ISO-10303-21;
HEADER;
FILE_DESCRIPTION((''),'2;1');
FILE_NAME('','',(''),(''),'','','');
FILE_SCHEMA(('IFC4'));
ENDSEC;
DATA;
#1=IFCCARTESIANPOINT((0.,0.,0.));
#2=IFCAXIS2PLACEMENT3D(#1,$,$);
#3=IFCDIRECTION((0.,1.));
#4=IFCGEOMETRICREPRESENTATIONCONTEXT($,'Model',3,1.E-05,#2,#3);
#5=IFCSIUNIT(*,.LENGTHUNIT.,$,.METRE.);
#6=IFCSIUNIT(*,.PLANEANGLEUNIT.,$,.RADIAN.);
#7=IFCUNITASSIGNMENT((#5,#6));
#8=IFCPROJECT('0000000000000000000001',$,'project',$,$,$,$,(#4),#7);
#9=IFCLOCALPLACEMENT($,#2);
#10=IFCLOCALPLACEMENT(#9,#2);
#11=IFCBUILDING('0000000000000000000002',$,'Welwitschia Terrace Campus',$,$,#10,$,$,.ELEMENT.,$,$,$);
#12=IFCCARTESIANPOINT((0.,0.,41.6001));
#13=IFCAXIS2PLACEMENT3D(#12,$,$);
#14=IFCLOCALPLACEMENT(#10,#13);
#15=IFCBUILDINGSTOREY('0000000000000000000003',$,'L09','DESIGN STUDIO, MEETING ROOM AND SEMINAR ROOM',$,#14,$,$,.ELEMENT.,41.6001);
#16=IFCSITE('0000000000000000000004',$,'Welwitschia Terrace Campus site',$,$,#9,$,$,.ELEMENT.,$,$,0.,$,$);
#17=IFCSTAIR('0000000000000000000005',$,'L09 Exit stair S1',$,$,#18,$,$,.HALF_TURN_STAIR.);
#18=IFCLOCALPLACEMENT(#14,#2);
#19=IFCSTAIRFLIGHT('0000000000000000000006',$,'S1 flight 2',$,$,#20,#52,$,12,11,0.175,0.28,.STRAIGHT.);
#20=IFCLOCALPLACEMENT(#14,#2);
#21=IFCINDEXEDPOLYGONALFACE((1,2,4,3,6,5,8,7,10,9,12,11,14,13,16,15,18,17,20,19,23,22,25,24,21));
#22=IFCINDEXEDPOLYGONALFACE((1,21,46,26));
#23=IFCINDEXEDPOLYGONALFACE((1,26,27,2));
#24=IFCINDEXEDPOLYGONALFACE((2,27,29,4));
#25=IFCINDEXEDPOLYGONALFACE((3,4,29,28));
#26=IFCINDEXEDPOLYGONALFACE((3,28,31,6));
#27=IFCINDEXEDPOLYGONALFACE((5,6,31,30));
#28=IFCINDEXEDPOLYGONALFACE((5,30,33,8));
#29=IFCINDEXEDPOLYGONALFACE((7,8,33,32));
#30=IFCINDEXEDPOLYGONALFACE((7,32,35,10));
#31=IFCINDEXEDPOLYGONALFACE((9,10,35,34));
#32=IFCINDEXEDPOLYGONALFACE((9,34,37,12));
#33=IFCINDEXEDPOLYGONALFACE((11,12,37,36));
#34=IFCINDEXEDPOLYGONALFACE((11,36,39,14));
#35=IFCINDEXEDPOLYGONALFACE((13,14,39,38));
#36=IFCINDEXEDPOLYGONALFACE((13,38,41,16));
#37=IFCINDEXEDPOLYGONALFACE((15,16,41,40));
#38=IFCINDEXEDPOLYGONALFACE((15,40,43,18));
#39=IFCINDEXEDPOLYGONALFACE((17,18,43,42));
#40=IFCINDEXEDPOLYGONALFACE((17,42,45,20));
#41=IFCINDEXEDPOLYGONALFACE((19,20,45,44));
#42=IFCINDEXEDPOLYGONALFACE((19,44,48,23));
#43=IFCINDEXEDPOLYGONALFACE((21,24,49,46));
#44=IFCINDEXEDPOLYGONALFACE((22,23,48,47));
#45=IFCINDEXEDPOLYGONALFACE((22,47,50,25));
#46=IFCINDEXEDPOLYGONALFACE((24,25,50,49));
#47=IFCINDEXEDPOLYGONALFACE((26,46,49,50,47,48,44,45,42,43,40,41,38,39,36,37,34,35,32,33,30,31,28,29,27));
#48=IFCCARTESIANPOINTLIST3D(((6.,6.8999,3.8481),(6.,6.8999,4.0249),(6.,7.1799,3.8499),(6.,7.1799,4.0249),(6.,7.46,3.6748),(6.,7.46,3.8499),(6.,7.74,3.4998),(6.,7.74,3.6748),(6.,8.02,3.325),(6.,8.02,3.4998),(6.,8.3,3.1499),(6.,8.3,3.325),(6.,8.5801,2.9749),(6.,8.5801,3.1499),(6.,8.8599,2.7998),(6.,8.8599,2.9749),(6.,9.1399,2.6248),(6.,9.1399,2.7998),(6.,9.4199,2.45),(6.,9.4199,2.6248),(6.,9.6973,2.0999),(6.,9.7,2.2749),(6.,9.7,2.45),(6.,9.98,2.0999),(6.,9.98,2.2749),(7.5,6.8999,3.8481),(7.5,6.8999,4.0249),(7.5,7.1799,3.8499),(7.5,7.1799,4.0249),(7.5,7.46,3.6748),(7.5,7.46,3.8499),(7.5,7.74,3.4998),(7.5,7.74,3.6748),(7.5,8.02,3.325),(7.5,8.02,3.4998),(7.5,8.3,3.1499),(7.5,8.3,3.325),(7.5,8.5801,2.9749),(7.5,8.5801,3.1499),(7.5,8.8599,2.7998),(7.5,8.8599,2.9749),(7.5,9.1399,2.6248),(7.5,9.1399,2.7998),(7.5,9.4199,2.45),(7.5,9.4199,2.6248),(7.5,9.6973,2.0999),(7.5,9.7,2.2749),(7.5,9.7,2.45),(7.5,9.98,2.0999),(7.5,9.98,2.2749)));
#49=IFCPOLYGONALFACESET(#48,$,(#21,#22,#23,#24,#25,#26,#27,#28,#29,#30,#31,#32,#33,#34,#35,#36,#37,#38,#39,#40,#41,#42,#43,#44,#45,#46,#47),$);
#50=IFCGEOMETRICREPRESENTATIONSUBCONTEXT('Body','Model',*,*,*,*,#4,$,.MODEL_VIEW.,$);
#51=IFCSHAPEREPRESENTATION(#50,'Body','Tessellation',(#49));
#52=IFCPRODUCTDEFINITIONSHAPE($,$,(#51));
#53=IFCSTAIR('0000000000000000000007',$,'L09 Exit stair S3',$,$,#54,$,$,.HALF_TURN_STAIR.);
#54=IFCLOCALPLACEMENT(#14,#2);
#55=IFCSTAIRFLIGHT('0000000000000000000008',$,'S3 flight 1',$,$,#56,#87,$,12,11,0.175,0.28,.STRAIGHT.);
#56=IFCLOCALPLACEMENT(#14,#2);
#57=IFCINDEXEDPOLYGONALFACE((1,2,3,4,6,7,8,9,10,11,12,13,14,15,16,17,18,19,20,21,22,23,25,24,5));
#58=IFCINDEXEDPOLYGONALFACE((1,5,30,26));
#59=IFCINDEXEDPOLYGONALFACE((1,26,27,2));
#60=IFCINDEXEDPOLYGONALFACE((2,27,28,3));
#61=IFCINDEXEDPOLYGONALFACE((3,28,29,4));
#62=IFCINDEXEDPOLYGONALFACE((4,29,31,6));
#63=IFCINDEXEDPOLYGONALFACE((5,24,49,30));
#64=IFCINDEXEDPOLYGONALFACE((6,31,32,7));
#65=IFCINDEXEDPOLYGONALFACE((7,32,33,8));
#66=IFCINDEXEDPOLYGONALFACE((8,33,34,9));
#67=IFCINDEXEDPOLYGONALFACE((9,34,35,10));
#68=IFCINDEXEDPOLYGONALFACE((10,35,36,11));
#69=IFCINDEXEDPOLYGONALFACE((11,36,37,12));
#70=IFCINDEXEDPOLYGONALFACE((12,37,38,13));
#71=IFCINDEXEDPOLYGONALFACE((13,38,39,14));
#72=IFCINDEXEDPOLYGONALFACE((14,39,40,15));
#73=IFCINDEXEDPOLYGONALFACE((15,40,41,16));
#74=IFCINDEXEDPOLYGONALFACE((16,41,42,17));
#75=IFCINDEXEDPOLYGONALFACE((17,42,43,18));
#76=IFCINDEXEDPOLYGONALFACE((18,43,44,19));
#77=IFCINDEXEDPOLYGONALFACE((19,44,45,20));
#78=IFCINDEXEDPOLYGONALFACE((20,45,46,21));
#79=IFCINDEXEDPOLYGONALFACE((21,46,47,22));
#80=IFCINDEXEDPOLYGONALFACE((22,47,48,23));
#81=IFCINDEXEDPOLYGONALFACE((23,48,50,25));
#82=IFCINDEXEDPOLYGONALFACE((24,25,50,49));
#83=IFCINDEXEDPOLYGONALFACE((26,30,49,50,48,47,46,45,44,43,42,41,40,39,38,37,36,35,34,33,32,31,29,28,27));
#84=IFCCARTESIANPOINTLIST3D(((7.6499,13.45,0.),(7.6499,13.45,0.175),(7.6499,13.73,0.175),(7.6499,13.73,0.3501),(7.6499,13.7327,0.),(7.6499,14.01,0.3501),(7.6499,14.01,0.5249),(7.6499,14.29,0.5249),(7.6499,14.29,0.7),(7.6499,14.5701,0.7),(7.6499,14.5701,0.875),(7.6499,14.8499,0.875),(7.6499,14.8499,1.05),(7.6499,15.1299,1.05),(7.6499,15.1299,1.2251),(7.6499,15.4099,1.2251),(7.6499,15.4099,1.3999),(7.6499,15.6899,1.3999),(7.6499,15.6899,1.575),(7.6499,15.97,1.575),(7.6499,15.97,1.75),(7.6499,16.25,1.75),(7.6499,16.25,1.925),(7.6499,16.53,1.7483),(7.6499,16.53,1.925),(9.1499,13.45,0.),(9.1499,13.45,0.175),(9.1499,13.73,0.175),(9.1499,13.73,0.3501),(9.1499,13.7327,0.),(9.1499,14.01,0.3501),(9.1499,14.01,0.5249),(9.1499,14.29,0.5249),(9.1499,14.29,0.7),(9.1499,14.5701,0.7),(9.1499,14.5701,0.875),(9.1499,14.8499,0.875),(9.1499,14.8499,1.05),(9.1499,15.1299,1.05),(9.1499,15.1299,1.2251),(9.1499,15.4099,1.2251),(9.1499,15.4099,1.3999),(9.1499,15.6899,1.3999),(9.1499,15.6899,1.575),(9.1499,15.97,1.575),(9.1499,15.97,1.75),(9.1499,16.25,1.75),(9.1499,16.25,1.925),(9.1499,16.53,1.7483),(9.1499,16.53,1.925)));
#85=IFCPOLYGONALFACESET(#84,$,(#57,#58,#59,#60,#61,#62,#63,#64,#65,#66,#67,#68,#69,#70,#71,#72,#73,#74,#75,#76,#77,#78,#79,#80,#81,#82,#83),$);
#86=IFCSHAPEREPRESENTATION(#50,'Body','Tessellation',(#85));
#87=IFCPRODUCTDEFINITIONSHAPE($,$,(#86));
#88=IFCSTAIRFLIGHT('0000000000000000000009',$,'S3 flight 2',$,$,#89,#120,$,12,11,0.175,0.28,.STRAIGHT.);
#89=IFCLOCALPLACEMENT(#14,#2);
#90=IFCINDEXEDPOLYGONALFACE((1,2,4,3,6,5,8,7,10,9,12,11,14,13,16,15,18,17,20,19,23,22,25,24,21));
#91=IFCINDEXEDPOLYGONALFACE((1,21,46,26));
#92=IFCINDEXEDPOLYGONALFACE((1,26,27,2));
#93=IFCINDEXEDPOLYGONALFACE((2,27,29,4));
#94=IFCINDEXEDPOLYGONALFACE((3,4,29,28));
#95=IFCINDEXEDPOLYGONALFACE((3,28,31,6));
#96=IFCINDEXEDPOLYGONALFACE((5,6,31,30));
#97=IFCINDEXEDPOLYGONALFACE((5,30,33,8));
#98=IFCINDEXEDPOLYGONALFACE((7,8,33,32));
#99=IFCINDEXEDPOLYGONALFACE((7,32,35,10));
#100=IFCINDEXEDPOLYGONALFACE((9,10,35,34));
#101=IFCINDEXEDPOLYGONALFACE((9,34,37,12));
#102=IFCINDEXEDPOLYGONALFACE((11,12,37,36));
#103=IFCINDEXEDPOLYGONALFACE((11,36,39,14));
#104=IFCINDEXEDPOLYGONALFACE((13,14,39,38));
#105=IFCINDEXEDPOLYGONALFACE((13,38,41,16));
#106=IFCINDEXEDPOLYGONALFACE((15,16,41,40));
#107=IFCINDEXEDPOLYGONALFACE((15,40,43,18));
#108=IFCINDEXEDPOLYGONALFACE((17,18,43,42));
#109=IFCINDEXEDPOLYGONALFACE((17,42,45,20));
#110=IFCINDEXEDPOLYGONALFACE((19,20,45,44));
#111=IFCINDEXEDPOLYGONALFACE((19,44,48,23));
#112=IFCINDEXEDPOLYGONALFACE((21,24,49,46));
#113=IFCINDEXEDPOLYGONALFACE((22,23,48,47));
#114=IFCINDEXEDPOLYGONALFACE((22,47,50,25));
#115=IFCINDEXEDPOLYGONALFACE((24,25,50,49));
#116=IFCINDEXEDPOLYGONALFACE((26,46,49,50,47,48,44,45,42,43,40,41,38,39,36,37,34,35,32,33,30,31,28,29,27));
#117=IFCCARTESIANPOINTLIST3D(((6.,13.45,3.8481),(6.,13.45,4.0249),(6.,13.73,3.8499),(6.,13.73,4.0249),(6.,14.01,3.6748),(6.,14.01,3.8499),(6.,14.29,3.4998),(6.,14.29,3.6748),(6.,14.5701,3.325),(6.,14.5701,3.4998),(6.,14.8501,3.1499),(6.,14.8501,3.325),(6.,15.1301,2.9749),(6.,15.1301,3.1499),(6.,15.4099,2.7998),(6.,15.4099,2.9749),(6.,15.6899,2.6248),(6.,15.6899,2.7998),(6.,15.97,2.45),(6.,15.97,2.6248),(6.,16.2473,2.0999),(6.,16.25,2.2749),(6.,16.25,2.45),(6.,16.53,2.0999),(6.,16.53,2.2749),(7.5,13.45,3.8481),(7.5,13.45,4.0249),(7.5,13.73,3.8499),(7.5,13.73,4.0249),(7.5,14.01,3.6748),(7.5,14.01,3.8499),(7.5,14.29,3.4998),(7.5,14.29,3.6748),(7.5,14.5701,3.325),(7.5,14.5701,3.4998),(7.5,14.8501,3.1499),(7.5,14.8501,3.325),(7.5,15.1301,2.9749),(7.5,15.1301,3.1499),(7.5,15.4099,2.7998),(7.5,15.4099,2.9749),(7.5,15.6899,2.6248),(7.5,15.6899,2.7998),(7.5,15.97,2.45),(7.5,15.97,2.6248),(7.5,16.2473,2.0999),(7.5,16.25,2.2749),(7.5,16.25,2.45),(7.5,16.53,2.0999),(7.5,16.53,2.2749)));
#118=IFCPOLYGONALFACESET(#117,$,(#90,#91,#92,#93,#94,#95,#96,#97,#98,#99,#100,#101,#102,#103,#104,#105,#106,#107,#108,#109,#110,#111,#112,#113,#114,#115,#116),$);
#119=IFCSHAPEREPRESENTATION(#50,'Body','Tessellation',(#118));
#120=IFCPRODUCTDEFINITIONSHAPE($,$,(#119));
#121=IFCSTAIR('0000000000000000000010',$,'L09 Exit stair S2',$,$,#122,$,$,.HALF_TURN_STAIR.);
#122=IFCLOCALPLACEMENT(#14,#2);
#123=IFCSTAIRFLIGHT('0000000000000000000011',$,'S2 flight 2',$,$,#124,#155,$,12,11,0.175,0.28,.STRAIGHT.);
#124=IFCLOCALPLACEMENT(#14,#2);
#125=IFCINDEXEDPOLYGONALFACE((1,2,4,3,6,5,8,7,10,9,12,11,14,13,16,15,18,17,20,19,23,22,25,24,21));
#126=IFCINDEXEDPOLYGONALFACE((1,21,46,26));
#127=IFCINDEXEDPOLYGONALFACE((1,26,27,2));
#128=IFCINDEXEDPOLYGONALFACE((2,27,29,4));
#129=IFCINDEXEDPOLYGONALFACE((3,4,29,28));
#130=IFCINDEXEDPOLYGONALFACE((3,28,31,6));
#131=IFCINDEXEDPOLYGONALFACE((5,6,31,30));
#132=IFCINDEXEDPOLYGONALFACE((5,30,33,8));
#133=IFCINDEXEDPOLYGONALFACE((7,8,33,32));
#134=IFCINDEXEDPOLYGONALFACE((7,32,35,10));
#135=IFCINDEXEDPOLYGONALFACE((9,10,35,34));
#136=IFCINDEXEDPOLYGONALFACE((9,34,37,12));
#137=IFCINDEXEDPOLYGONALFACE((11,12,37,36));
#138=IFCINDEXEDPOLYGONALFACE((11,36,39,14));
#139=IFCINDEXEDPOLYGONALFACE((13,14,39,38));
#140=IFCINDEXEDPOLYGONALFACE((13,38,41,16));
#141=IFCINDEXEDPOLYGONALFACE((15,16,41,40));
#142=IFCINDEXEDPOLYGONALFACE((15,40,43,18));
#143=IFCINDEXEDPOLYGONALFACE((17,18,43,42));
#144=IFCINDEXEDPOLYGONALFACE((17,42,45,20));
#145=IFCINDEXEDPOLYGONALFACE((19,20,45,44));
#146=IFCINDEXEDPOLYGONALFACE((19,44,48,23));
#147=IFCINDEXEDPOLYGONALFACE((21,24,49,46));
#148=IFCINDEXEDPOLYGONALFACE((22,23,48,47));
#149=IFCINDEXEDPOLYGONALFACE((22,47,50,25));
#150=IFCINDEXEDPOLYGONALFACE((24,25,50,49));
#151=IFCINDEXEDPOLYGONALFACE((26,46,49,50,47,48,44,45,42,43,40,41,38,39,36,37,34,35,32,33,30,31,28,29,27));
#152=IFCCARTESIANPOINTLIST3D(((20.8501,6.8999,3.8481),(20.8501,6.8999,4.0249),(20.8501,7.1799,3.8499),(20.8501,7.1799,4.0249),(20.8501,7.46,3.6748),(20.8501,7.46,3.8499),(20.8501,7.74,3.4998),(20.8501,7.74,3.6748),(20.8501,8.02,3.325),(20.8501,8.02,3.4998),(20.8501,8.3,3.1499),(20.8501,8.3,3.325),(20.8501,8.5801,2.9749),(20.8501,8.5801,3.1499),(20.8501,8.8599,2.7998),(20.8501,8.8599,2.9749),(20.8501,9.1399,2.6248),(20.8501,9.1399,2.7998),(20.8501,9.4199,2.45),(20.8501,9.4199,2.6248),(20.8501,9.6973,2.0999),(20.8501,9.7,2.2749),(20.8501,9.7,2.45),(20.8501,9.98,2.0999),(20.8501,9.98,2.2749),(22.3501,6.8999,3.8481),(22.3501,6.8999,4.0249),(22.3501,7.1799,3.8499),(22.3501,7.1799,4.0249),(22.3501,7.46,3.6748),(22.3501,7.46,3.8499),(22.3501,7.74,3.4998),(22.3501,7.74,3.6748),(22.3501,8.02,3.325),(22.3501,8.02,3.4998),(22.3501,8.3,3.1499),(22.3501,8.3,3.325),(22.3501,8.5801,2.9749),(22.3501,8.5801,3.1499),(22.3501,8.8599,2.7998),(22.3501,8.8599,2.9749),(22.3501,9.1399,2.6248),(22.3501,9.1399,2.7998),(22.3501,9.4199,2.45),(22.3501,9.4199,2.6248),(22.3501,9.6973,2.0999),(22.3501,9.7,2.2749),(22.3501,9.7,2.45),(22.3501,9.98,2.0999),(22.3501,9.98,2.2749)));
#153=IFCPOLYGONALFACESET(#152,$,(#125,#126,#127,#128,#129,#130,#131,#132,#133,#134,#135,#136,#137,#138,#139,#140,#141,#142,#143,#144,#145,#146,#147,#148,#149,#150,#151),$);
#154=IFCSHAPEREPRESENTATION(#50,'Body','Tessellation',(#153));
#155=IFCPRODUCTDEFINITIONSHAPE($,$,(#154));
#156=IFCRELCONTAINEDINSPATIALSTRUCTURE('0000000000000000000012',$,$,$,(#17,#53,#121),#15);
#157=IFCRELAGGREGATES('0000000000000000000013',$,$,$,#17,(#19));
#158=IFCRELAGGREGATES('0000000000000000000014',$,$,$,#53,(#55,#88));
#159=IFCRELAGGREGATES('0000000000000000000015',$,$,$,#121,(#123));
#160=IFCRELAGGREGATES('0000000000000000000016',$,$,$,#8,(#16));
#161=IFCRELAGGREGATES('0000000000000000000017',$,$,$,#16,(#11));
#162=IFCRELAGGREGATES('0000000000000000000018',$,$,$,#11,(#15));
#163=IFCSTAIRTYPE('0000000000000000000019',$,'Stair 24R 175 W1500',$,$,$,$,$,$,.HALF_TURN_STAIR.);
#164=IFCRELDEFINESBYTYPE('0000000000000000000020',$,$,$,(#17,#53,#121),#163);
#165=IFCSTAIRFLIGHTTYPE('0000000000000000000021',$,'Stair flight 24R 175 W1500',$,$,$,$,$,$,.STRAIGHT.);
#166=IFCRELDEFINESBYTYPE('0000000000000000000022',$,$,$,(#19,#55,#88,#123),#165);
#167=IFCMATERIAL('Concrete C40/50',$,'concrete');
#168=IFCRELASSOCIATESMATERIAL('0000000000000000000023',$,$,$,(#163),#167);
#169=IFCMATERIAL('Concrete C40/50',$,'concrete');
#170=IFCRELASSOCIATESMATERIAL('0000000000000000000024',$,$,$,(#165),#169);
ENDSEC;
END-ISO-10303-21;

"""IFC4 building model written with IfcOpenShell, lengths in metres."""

from ifc_helpers import new_model, si_unit, direction, frame, origin, place, context, subcontext, project, spatial, polyline, outline, extrude, material, type_object, element, aggregate, save


model = new_model("IFC4")

# Units and contexts
model_context = context("Model", 3, precision=1e-05, world=origin(), true_north=direction((0.0, 1.0)))
body_context = subcontext(model_context, "Body", "Model", "MODEL_VIEW")
ifc_project = project(units=[si_unit("LENGTHUNIT", "METRE"), si_unit("PLANEANGLEUNIT", "RADIAN")], contexts=[model_context])

# Site, building, storey
site_placement = place(None, origin())
site = spatial("IfcSite", under=ifc_project, at=site_placement, Name="Welwitschia Terrace Campus site", CompositionType="ELEMENT", RefElevation=0.0)
building_placement = place(site_placement, origin())
building = spatial("IfcBuilding", under=site, at=building_placement, Name="Welwitschia Terrace Campus", CompositionType="ELEMENT")
storey_placement = place(building_placement, frame((0.0, 0.0, 41.6001)))
storey = spatial("IfcBuildingStorey", under=building, at=storey_placement, Name="L09", Description="DESIGN STUDIO, MEETING ROOM AND SEMINAR ROOM", CompositionType="ELEMENT", Elevation=41.6001)

# Stair, stair flight
ifc_material_1 = material(Name="Concrete C40/50", Category="concrete")
stair_type = type_object("IfcStairType", Name="Stair 24R 175 W1500", PredefinedType="HALF_TURN_STAIR", material=ifc_material_1)
stair_1_placement = place(storey_placement, origin())
stair_1 = element("IfcStair", 1, at=stair_1_placement, inside=storey, type_object=stair_type, Name="L09 Exit stair S1", PredefinedType="HALF_TURN_STAIR")
ifc_material_2 = material(Name="Concrete C40/50", Category="concrete")
stair_flight_type = type_object("IfcStairFlightType", Name="Stair flight 24R 175 W1500", PredefinedType="STRAIGHT", material=ifc_material_2)
stair_flight_1_placement = place(storey_placement, frame((6.75, 9.98, 2.0999), z_axis=(0.0, 0.0, 1.0), x_axis=(0.0, -1.0, 0.0)))
stair_flight_1 = element("IfcStairFlight", 2, at=stair_flight_1_placement, type_object=stair_flight_type, Name="S1 flight 2", NumberOfRisers=12, NumberOfTreads=11, PredefinedType="STRAIGHT", RiserHeight=0.175, TreadLength=0.28, context=body_context, shape_type="SweptSolid", body=[
    extrude(outline(polyline([(0.0, 0.0), (0.0, 0.175), (0.28, 0.175), (0.28, 0.3501), (0.5601, 0.3501), (0.5601, 0.5249), (0.8401, 0.5249), (0.8401, 0.7), (1.1201, 0.7), (1.1201, 0.875), (1.3999, 0.875), (1.3999, 1.05), (1.6799, 1.05), (1.6799, 1.2251), (1.96, 1.2251), (1.96, 1.3999), (2.24, 1.3999), (2.24, 1.575), (2.52, 1.575), (2.52, 1.75), (2.8, 1.75), (2.8, 1.925), (3.0801, 1.925), (3.0801, 2.1001), (3.0801, 1.7483), (0.2827, 0.0), (0.0, 0.0)])), frame((0.0, 0.75, 0.0), z_axis=(0.0, -1.0, 0.0), x_axis=(1.0, 0.0, 0.0)), (0.0, 0.0, 1.0), 1.5),
])
aggregate(stair_1, [stair_flight_1])

# Stair, stair flights
stair_2_placement = place(storey_placement, origin())
stair_2 = element("IfcStair", 3, at=stair_2_placement, inside=storey, type_object=stair_type, Name="L09 Exit stair S3", PredefinedType="HALF_TURN_STAIR")
stair_flight_2_placement = place(storey_placement, frame((8.3999, 13.45, 0.0), z_axis=(0.0, 0.0, 1.0), x_axis=(0.0, 1.0, 0.0)))
stair_flight_2 = element("IfcStairFlight", 4, at=stair_flight_2_placement, type_object=stair_flight_type, Name="S3 flight 1", NumberOfRisers=12, NumberOfTreads=11, PredefinedType="STRAIGHT", RiserHeight=0.175, TreadLength=0.28, context=body_context, shape_type="SweptSolid", body=[
    extrude(outline(polyline([(0.0, 0.0), (0.0, 0.175), (0.28, 0.175), (0.28, 0.3501), (0.5601, 0.3501), (0.5601, 0.5249), (0.8401, 0.5249), (0.8401, 0.7), (1.1201, 0.7), (1.1201, 0.875), (1.3999, 0.875), (1.3999, 1.05), (1.6799, 1.05), (1.6799, 1.2251), (1.96, 1.2251), (1.96, 1.3999), (2.24, 1.3999), (2.24, 1.575), (2.52, 1.575), (2.52, 1.75), (2.8, 1.75), (2.8, 1.925), (3.0801, 1.925), (3.0801, 2.1001), (3.0801, 1.7483), (0.2827, 0.0), (0.0, 0.0)])), frame((0.0, 0.75, 0.0), z_axis=(0.0, -1.0, 0.0), x_axis=(1.0, 0.0, 0.0)), (0.0, 0.0, 1.0), 1.5),
])
stair_flight_3_placement = place(storey_placement, frame((6.75, 16.53, 2.0999), z_axis=(0.0, 0.0, 1.0), x_axis=(0.0, -1.0, 0.0)))
stair_flight_3 = element("IfcStairFlight", 5, at=stair_flight_3_placement, type_object=stair_flight_type, Name="S3 flight 2", NumberOfRisers=12, NumberOfTreads=11, PredefinedType="STRAIGHT", RiserHeight=0.175, TreadLength=0.28, context=body_context, shape_type="SweptSolid", body=[
    extrude(outline(polyline([(0.0, 0.0), (0.0, 0.175), (0.28, 0.175), (0.28, 0.3501), (0.5601, 0.3501), (0.5601, 0.5249), (0.8401, 0.5249), (0.8401, 0.7), (1.1201, 0.7), (1.1201, 0.875), (1.3999, 0.875), (1.3999, 1.05), (1.6799, 1.05), (1.6799, 1.2251), (1.96, 1.2251), (1.96, 1.3999), (2.24, 1.3999), (2.24, 1.575), (2.52, 1.575), (2.52, 1.75), (2.8, 1.75), (2.8, 1.925), (3.0801, 1.925), (3.0801, 2.1001), (3.0801, 1.7483), (0.2827, 0.0), (0.0, 0.0)])), frame((0.0, 0.75, 0.0), z_axis=(0.0, -1.0, 0.0), x_axis=(1.0, 0.0, 0.0)), (0.0, 0.0, 1.0), 1.5),
])
aggregate(stair_2, [stair_flight_2, stair_flight_3])

# Stair, stair flight
stair_3_placement = place(storey_placement, origin())
stair_3 = element("IfcStair", 6, at=stair_3_placement, inside=storey, type_object=stair_type, Name="L09 Exit stair S2", PredefinedType="HALF_TURN_STAIR")
stair_flight_4_placement = place(storey_placement, frame((21.6001, 9.98, 2.0999), z_axis=(0.0, 0.0, 1.0), x_axis=(0.0, -1.0, 0.0)))
stair_flight_4 = element("IfcStairFlight", 7, at=stair_flight_4_placement, type_object=stair_flight_type, Name="S2 flight 2", NumberOfRisers=12, NumberOfTreads=11, PredefinedType="STRAIGHT", RiserHeight=0.175, TreadLength=0.28, context=body_context, shape_type="SweptSolid", body=[
    extrude(outline(polyline([(0.0, 0.0), (0.0, 0.175), (0.28, 0.175), (0.28, 0.3501), (0.5601, 0.3501), (0.5601, 0.5249), (0.8401, 0.5249), (0.8401, 0.7), (1.1201, 0.7), (1.1201, 0.875), (1.3999, 0.875), (1.3999, 1.05), (1.6799, 1.05), (1.6799, 1.2251), (1.96, 1.2251), (1.96, 1.3999), (2.24, 1.3999), (2.24, 1.575), (2.52, 1.575), (2.52, 1.75), (2.8, 1.75), (2.8, 1.925), (3.0801, 1.925), (3.0801, 2.1001), (3.0801, 1.7483), (0.2827, 0.0), (0.0, 0.0)])), frame((0.0, 0.75, 0.0), z_axis=(0.0, -1.0, 0.0), x_axis=(1.0, 0.0, 0.0)), (0.0, 0.0, 1.0), 1.5),
])
aggregate(stair_3, [stair_flight_4])

save(model, "model.ifc")
